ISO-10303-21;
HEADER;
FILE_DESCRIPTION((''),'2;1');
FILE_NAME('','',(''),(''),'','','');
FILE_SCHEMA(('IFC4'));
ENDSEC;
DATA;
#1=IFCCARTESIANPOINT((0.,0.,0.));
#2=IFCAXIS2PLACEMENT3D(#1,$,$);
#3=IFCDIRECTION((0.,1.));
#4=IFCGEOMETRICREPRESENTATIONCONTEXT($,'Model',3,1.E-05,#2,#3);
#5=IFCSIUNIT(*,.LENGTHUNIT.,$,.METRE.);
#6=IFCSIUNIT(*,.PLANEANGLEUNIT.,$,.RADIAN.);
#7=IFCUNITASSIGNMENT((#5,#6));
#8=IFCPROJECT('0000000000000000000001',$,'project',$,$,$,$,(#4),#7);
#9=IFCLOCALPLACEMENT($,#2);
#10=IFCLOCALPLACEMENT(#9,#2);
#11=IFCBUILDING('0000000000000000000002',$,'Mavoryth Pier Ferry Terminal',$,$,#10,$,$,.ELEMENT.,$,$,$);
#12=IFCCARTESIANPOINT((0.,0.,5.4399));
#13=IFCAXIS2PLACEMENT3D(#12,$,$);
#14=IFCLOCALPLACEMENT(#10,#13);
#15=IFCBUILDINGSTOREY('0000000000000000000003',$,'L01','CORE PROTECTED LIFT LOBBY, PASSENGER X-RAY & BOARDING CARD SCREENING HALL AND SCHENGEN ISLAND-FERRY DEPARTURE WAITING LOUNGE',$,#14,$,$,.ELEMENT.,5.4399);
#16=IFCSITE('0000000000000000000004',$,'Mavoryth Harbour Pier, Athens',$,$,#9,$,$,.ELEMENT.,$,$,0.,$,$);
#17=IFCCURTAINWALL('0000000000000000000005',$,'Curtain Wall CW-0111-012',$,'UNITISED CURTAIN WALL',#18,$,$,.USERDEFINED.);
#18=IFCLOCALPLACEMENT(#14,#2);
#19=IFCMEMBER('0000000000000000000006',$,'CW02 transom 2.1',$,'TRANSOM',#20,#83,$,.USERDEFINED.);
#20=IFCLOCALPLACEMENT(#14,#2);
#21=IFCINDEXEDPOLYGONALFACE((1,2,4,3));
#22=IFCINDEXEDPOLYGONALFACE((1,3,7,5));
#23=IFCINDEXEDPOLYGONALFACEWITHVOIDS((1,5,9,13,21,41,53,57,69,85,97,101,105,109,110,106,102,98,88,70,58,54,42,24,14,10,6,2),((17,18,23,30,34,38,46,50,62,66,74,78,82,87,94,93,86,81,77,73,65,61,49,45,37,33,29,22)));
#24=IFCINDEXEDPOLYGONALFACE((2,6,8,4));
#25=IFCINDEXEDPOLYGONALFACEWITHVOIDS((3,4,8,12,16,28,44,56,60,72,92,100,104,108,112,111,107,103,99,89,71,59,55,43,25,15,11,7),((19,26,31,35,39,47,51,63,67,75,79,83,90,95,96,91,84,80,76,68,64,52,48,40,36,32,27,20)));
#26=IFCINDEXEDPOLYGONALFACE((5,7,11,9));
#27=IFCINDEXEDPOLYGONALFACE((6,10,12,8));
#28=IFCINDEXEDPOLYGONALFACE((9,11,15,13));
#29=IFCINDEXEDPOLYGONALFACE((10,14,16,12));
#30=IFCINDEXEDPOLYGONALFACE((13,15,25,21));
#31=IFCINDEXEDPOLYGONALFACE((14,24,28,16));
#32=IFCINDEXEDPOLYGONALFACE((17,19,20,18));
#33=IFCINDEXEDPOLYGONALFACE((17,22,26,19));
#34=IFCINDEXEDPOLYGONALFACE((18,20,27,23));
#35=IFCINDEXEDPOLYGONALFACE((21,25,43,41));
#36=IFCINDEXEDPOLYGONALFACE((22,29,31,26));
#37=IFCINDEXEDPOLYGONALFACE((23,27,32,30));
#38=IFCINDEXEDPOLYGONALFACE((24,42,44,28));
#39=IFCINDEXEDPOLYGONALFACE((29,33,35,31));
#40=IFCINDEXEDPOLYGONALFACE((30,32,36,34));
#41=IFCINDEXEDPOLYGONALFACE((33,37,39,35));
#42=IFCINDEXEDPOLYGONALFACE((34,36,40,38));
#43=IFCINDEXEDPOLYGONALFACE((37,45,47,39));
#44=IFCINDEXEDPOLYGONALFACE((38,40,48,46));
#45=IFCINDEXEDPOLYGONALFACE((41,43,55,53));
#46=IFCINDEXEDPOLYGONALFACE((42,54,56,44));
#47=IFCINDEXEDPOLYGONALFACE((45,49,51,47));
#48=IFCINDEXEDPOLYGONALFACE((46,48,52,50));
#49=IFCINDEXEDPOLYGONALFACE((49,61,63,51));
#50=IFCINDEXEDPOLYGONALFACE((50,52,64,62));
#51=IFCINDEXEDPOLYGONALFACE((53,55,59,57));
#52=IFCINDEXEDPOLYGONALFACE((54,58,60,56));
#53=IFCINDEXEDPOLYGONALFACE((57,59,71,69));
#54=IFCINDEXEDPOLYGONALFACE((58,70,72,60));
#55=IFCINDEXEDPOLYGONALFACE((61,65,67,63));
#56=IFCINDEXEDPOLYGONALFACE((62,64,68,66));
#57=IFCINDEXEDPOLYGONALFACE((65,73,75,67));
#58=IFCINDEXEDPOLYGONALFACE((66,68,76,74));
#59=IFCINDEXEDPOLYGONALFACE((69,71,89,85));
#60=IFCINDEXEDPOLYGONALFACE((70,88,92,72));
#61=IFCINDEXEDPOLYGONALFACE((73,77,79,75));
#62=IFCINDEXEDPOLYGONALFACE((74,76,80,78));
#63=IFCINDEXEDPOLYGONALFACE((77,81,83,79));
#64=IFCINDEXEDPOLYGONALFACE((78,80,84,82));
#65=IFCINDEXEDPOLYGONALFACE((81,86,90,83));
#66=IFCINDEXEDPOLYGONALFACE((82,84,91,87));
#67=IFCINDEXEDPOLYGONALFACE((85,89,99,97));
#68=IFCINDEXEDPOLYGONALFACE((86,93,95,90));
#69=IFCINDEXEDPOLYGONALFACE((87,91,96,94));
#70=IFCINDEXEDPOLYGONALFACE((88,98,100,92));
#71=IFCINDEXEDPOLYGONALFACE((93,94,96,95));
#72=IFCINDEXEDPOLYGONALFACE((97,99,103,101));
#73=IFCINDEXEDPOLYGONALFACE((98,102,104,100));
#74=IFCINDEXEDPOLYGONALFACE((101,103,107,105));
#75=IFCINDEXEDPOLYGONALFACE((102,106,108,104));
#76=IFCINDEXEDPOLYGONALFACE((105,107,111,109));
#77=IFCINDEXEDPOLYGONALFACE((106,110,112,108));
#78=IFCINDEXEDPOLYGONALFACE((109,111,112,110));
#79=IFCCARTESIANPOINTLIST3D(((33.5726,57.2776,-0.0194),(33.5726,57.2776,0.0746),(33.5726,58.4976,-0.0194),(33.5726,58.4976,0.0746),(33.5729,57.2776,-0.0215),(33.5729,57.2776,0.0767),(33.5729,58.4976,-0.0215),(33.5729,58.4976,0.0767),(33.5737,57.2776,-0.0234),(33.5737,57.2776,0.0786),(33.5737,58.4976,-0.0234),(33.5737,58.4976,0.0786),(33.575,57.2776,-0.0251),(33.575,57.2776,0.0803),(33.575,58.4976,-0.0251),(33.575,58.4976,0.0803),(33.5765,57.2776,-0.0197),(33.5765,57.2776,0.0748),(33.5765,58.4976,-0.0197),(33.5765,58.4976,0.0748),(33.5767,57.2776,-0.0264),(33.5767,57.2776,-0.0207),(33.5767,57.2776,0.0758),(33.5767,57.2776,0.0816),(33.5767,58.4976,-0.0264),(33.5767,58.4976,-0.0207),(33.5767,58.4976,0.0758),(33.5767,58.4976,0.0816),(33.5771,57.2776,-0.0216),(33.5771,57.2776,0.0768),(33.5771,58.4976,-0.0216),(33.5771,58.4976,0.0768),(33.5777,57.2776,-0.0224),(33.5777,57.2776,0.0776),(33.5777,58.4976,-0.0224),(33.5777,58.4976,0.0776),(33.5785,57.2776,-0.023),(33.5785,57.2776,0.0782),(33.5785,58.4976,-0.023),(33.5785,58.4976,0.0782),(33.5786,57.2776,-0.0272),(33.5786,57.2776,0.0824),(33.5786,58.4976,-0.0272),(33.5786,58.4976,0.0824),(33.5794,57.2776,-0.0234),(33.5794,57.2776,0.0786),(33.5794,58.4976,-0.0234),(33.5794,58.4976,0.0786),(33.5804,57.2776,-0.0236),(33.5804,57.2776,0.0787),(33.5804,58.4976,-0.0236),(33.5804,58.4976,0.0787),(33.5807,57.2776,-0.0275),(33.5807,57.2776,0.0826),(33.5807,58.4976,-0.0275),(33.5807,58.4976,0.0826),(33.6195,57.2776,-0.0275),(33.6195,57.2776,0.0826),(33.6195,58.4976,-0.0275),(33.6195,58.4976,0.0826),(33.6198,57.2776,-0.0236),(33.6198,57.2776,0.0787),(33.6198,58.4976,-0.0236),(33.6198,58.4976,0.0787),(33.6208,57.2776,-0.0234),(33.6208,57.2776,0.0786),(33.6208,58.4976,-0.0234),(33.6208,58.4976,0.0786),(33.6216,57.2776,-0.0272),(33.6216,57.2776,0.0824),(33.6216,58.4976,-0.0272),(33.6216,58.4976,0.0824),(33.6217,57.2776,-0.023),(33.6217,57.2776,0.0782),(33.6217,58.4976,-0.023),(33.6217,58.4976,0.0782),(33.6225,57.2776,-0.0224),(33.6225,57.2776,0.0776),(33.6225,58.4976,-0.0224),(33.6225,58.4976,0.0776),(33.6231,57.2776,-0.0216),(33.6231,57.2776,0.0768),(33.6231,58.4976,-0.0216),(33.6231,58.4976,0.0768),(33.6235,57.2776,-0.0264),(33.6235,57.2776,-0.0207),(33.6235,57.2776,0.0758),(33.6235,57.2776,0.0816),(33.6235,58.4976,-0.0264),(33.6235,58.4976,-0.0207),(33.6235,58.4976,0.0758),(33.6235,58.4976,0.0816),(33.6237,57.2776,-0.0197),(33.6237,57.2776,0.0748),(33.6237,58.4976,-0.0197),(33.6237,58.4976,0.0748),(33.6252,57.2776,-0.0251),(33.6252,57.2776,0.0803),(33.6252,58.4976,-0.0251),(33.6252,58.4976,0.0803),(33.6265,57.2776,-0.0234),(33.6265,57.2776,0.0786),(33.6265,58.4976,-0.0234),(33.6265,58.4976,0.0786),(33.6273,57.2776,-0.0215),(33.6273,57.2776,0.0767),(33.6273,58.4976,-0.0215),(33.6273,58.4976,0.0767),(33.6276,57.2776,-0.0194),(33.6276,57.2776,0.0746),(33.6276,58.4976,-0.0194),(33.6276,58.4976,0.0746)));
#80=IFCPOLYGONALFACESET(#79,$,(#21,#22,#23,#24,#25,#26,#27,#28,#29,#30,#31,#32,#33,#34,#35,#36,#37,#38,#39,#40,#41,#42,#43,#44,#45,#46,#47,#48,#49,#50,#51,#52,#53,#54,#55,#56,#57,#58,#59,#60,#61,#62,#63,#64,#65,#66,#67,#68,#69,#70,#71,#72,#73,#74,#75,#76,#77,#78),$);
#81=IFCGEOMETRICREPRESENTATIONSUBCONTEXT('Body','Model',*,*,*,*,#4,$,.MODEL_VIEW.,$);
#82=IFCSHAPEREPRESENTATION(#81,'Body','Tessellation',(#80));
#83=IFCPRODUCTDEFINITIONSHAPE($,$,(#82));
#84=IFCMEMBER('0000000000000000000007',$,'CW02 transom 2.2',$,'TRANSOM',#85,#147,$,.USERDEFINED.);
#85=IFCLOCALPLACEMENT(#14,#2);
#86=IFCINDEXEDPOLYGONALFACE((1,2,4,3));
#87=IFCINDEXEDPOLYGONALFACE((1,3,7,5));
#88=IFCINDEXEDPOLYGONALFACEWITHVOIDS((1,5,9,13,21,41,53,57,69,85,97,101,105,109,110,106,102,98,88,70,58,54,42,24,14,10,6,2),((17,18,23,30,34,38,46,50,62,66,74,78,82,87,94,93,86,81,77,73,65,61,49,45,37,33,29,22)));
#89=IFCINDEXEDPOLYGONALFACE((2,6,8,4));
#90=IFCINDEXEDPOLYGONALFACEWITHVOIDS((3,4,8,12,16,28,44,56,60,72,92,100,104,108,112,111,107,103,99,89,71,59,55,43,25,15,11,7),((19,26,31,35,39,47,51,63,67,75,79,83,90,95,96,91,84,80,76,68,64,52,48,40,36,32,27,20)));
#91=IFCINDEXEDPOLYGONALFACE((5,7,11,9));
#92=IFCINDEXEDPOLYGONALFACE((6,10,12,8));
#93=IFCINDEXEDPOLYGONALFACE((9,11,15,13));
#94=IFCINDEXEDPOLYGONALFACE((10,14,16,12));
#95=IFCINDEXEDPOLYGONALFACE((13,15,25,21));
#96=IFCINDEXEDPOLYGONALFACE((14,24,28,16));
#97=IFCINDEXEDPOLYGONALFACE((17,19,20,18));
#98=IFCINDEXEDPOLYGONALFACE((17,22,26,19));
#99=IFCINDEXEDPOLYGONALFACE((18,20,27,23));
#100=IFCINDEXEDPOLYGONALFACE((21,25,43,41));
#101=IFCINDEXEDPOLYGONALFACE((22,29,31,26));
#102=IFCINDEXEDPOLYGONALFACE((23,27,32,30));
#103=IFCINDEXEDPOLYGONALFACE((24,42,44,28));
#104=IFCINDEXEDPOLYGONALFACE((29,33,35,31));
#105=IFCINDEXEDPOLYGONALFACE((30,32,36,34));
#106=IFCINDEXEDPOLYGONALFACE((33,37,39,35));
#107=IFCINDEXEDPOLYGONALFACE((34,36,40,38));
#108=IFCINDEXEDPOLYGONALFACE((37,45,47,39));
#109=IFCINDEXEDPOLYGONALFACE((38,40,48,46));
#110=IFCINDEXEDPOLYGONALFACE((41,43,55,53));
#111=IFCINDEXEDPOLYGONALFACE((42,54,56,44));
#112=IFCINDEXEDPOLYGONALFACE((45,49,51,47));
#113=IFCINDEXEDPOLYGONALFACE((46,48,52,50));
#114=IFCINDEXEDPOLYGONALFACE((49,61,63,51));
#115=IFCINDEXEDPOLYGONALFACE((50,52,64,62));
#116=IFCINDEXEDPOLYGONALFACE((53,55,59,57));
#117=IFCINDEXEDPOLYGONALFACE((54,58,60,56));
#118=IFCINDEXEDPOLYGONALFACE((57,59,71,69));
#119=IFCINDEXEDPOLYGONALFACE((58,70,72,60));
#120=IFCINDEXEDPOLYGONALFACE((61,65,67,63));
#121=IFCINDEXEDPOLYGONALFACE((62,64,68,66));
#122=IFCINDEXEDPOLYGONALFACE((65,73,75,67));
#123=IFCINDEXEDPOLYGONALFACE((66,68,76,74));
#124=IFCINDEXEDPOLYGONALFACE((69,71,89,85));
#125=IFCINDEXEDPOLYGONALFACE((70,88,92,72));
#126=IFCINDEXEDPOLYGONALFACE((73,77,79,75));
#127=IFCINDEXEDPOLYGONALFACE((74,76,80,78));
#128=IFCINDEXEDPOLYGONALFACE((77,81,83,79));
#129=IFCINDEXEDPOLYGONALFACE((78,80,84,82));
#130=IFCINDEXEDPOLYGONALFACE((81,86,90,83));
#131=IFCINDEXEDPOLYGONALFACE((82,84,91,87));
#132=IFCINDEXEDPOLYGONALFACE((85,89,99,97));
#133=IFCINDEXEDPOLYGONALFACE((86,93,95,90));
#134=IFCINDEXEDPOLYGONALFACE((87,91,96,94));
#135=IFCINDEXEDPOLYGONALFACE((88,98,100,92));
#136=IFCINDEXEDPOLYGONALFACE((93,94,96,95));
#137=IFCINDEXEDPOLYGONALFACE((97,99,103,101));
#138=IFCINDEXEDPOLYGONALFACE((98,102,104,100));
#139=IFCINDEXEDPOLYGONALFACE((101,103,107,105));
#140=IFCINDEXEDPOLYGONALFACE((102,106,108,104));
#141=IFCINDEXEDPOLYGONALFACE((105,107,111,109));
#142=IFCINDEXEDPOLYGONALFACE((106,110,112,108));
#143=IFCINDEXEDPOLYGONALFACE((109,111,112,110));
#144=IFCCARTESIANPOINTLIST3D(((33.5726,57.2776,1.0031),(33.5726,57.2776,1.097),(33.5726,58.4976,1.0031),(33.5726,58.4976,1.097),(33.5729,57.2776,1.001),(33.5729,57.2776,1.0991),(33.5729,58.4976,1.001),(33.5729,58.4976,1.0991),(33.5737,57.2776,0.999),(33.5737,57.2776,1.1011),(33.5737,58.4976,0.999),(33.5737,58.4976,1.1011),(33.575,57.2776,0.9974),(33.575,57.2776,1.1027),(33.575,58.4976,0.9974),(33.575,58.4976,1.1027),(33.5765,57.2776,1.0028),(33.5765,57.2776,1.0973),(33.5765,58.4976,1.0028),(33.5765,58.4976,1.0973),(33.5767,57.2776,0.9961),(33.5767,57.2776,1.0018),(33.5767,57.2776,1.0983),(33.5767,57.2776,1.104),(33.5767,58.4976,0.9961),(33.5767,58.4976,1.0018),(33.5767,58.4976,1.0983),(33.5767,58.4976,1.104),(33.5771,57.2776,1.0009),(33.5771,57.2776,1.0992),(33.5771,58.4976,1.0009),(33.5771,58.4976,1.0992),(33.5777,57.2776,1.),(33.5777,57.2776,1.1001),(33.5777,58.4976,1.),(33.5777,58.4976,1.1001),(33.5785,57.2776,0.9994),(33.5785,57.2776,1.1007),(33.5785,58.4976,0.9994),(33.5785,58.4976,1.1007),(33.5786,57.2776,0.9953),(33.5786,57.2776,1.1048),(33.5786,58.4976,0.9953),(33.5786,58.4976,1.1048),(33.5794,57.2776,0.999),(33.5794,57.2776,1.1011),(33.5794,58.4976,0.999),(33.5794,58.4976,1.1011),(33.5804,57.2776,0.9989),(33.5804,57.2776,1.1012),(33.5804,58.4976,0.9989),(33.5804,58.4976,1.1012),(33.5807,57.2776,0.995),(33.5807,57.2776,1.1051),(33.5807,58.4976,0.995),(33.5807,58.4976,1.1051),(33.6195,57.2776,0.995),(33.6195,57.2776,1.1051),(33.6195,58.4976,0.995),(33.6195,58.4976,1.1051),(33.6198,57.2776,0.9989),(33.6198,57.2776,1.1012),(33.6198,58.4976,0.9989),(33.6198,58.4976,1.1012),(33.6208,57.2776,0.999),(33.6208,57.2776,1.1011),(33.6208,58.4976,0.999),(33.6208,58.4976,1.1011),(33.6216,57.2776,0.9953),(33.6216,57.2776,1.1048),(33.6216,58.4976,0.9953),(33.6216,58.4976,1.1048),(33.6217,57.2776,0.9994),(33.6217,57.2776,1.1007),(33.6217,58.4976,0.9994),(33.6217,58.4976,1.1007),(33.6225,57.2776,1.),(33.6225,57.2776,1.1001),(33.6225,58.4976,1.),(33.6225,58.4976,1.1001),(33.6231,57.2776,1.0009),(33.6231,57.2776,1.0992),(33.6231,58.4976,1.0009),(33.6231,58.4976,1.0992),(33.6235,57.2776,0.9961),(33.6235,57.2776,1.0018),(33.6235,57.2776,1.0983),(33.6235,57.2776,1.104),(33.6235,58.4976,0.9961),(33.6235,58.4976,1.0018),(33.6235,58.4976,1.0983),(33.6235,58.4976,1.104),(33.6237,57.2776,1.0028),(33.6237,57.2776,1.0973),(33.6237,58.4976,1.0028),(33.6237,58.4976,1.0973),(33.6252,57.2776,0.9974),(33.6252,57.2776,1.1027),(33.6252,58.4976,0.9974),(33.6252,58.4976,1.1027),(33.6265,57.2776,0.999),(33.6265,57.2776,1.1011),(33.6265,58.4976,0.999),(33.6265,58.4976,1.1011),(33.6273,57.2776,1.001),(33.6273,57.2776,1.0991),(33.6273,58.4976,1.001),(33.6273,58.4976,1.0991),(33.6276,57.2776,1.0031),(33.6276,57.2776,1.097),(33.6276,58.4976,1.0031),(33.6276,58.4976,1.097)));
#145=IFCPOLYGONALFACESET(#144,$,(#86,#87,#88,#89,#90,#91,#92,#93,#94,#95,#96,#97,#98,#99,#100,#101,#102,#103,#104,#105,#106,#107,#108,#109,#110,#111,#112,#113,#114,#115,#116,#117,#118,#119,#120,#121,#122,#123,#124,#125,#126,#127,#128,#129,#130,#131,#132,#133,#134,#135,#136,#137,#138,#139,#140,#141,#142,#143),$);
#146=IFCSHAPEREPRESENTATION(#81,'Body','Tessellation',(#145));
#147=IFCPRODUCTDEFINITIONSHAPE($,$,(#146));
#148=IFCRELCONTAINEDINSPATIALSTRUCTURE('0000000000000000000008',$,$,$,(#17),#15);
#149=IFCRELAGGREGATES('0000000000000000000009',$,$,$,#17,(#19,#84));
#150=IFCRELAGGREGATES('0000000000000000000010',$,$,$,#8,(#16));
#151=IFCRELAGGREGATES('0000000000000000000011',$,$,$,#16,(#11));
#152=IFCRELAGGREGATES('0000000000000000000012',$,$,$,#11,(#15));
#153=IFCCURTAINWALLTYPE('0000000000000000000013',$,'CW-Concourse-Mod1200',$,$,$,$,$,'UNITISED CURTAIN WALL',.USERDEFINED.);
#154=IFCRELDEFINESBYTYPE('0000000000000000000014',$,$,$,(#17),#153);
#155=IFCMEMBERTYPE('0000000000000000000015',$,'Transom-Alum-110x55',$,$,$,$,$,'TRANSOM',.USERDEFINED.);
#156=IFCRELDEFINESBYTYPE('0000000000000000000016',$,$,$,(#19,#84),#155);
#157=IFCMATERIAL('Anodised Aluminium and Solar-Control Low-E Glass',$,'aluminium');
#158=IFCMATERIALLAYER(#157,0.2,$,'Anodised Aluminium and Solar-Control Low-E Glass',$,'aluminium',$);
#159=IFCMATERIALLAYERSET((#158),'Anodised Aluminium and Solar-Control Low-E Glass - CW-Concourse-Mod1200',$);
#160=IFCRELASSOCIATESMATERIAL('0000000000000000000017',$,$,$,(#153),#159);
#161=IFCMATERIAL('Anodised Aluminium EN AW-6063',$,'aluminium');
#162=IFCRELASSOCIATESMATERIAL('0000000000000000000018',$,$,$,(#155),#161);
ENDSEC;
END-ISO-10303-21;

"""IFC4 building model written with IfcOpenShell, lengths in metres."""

from ifc_helpers import new_model, si_unit, direction, frame, origin, origin_2d, place, context, subcontext, project, spatial, hollow_rectangle, extrude, material, layer, layer_set, material_profile, profile_set, type_object, element, aggregate, save


model = new_model("IFC4")

# Units and contexts
model_context = context("Model", 3, precision=1e-05, world=origin(), true_north=direction((0.0, 1.0)))
body_context = subcontext(model_context, "Body", "Model", "MODEL_VIEW")
ifc_project = project(units=[si_unit("LENGTHUNIT", "METRE"), si_unit("PLANEANGLEUNIT", "RADIAN")], contexts=[model_context])

# Site, building, storey
site_placement = place(None, origin())
site = spatial("IfcSite", under=ifc_project, at=site_placement, Name="Mavoryth Harbour Pier, Athens", CompositionType="ELEMENT", RefElevation=0.0)
building_placement = place(site_placement, origin())
building = spatial("IfcBuilding", under=site, at=building_placement, Name="Mavoryth Pier Ferry Terminal", CompositionType="ELEMENT")
storey_placement = place(building_placement, frame((0.0, 0.0, 5.4399)))
storey = spatial("IfcBuildingStorey", under=building, at=storey_placement, Name="L01", Description="CORE PROTECTED LIFT LOBBY, PASSENGER X-RAY & BOARDING CARD SCREENING HALL AND SCHENGEN ISLAND-FERRY DEPARTURE WAITING LOUNGE", CompositionType="ELEMENT", Elevation=5.4399)

# Curtain wall, members
ifc_material_1 = material(Name="Anodised Aluminium and Solar-Control Low-E Glass", Category="aluminium")
ifc_layer_1 = layer(ifc_material_1, 0.2, Name="Anodised Aluminium and Solar-Control Low-E Glass", Category="aluminium")
ifc_layer_set_1 = layer_set([ifc_layer_1], Name="Anodised Aluminium and Solar-Control Low-E Glass - CW-Concourse-Mod1200")
curtain_wall_type = type_object("IfcCurtainWallType", Name="CW-Concourse-Mod1200", ElementType="UNITISED CURTAIN WALL", PredefinedType="USERDEFINED", material=ifc_layer_set_1)
curtain_wall_placement = place(storey_placement, origin())
curtain_wall = element("IfcCurtainWall", 1, at=curtain_wall_placement, inside=storey, type_object=curtain_wall_type, Name="Curtain Wall CW-0111-012", ObjectType="UNITISED CURTAIN WALL", PredefinedType="USERDEFINED")
ifc_material_2 = material(Name="Anodised Aluminium EN AW-6063", Category="aluminium")
ifc_material_profile_1 = material_profile(ifc_material_2, hollow_rectangle(XDim=0.0549, YDim=0.1101, WallThickness=0.0039, InnerFilletRadius=0.0039, OuterFilletRadius=0.0081, at=origin_2d()), Name="AL-TRAN 110x55x4", Category="aluminium")
ifc_profile_set_1 = profile_set([ifc_material_profile_1], Name="Anodised Aluminium EN AW-6063 - AL-TRAN 110x55x4")
member_type_1 = type_object("IfcMemberType", Name="Transom-Alum-110x55", ElementType="TRANSOM", PredefinedType="USERDEFINED", material=ifc_profile_set_1)
member_1_placement = place(storey_placement, frame((33.6001, 57.2776, 0.0276), z_axis=(0.0, 1.0, 0.0), x_axis=(-1.0, 0.0, 0.0)))
member_1 = element("IfcMember", 2, at=member_1_placement, type_object=member_type_1, Name="CW02 transom 2.1", ObjectType="TRANSOM", PredefinedType="USERDEFINED", context=body_context, shape_type="SweptSolid", body=[
    extrude(hollow_rectangle(XDim=0.0549, YDim=0.1101, WallThickness=0.0039, InnerFilletRadius=0.0039, OuterFilletRadius=0.0081, at=origin_2d()), origin(), (0.0, 0.0, 1.0), 1.22),
])
member_2_placement = place(storey_placement, frame((33.6001, 57.2776, 1.05), z_axis=(0.0, 1.0, 0.0), x_axis=(-1.0, 0.0, 0.0)))
member_2 = element("IfcMember", 3, at=member_2_placement, type_object=member_type_1, Name="CW02 transom 2.2", ObjectType="TRANSOM", PredefinedType="USERDEFINED", context=body_context, shape_type="SweptSolid", body=[
    extrude(hollow_rectangle(XDim=0.0549, YDim=0.1101, WallThickness=0.0039, InnerFilletRadius=0.0039, OuterFilletRadius=0.0081, at=origin_2d()), origin(), (0.0, 0.0, 1.0), 1.22),
])
aggregate(curtain_wall, [member_1, member_2])

save(model, "model.ifc")
